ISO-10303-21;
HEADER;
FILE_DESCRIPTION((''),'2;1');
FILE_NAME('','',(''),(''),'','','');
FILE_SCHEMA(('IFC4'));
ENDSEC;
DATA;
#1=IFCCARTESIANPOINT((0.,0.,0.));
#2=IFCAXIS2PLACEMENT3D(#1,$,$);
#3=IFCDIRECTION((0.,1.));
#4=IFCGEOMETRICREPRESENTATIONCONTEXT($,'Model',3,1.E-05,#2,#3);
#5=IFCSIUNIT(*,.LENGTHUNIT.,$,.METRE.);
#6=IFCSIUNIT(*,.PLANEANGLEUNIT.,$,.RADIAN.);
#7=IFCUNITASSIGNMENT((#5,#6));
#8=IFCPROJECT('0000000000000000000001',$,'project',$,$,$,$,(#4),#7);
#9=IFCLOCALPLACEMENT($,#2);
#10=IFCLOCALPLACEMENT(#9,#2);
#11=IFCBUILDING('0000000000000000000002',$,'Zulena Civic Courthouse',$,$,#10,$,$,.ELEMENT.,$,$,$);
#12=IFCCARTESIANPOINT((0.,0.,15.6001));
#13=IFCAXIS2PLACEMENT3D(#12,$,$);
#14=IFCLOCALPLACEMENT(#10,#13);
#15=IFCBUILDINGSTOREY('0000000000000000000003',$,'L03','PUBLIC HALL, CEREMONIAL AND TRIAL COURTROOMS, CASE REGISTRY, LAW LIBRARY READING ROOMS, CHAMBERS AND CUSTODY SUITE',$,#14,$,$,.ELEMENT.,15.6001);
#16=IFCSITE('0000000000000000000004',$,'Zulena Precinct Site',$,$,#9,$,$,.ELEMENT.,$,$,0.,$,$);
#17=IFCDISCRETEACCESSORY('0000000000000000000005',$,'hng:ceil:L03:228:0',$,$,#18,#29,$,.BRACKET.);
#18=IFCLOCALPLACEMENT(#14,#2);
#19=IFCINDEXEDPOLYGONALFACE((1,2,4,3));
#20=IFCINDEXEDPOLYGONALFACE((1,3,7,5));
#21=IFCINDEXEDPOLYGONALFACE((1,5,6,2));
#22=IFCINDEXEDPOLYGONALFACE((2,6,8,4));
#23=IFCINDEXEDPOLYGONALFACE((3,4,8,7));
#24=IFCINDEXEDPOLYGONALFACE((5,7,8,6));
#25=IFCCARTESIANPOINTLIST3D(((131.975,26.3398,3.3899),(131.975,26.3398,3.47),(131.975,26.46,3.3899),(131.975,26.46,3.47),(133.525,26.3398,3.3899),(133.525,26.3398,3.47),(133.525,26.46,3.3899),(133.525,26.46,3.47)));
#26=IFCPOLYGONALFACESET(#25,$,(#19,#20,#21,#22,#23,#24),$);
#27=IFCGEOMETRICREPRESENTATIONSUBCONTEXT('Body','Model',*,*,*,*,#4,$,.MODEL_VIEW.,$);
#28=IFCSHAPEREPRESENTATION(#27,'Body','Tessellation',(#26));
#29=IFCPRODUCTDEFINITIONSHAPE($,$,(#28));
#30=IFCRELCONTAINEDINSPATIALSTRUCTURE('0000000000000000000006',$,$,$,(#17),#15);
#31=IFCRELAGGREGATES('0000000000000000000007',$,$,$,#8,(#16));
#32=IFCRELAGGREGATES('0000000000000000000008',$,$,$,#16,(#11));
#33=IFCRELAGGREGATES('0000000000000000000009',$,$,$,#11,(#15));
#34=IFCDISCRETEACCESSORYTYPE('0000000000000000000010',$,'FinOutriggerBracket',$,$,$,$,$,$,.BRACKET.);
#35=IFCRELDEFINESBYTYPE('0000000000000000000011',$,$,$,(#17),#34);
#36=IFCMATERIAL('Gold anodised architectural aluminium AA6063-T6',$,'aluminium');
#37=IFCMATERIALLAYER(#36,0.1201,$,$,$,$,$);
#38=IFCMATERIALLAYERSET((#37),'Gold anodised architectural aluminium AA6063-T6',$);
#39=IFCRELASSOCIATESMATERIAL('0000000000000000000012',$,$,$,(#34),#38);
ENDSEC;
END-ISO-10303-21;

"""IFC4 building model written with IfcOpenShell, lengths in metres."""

from ifc_helpers import new_model, si_unit, direction, frame, origin, origin_2d, place, context, subcontext, project, spatial, rectangle, extrude, material, layer, layer_set, type_object, element, save


model = new_model("IFC4")

# Units and contexts
model_context = context("Model", 3, precision=1e-05, world=origin(), true_north=direction((0.0, 1.0)))
body_context = subcontext(model_context, "Body", "Model", "MODEL_VIEW")
ifc_project = project(units=[si_unit("LENGTHUNIT", "METRE"), si_unit("PLANEANGLEUNIT", "RADIAN")], contexts=[model_context])

# Site, building, storey
site_placement = place(None, origin())
site = spatial("IfcSite", under=ifc_project, at=site_placement, Name="Zulena Precinct Site", CompositionType="ELEMENT", RefElevation=0.0)
building_placement = place(site_placement, origin())
building = spatial("IfcBuilding", under=site, at=building_placement, Name="Zulena Civic Courthouse", CompositionType="ELEMENT")
storey_placement = place(building_placement, frame((0.0, 0.0, 15.6001)))
storey = spatial("IfcBuildingStorey", under=building, at=storey_placement, Name="L03", Description="PUBLIC HALL, CEREMONIAL AND TRIAL COURTROOMS, CASE REGISTRY, LAW LIBRARY READING ROOMS, CHAMBERS AND CUSTODY SUITE", CompositionType="ELEMENT", Elevation=15.6001)

# Discrete accessory
ifc_material_1 = material(Name="Gold anodised architectural aluminium AA6063-T6", Category="aluminium")
ifc_layer_1 = layer(ifc_material_1, 0.1201)
ifc_layer_set_1 = layer_set([ifc_layer_1], Name="Gold anodised architectural aluminium AA6063-T6")
discrete_accessory_type = type_object("IfcDiscreteAccessoryType", Name="FinOutriggerBracket", PredefinedType="BRACKET", material=ifc_layer_set_1)
discrete_accessory_placement = place(storey_placement, frame((132.75, 26.3999, 3.3899), z_axis=(0.0, 0.0, 1.0), x_axis=(1.0, 0.0, 0.0)))
element("IfcDiscreteAccessory", 1, at=discrete_accessory_placement, inside=storey, type_object=discrete_accessory_type, Name="hng:ceil:L03:228:0", PredefinedType="BRACKET", context=body_context, shape_type="SweptSolid", body=[
    extrude(rectangle(XDim=1.55, YDim=0.1201, at=origin_2d()), origin(), (0.0, 0.0, 1.0), 0.0801),
])

save(model, "model.ifc")
